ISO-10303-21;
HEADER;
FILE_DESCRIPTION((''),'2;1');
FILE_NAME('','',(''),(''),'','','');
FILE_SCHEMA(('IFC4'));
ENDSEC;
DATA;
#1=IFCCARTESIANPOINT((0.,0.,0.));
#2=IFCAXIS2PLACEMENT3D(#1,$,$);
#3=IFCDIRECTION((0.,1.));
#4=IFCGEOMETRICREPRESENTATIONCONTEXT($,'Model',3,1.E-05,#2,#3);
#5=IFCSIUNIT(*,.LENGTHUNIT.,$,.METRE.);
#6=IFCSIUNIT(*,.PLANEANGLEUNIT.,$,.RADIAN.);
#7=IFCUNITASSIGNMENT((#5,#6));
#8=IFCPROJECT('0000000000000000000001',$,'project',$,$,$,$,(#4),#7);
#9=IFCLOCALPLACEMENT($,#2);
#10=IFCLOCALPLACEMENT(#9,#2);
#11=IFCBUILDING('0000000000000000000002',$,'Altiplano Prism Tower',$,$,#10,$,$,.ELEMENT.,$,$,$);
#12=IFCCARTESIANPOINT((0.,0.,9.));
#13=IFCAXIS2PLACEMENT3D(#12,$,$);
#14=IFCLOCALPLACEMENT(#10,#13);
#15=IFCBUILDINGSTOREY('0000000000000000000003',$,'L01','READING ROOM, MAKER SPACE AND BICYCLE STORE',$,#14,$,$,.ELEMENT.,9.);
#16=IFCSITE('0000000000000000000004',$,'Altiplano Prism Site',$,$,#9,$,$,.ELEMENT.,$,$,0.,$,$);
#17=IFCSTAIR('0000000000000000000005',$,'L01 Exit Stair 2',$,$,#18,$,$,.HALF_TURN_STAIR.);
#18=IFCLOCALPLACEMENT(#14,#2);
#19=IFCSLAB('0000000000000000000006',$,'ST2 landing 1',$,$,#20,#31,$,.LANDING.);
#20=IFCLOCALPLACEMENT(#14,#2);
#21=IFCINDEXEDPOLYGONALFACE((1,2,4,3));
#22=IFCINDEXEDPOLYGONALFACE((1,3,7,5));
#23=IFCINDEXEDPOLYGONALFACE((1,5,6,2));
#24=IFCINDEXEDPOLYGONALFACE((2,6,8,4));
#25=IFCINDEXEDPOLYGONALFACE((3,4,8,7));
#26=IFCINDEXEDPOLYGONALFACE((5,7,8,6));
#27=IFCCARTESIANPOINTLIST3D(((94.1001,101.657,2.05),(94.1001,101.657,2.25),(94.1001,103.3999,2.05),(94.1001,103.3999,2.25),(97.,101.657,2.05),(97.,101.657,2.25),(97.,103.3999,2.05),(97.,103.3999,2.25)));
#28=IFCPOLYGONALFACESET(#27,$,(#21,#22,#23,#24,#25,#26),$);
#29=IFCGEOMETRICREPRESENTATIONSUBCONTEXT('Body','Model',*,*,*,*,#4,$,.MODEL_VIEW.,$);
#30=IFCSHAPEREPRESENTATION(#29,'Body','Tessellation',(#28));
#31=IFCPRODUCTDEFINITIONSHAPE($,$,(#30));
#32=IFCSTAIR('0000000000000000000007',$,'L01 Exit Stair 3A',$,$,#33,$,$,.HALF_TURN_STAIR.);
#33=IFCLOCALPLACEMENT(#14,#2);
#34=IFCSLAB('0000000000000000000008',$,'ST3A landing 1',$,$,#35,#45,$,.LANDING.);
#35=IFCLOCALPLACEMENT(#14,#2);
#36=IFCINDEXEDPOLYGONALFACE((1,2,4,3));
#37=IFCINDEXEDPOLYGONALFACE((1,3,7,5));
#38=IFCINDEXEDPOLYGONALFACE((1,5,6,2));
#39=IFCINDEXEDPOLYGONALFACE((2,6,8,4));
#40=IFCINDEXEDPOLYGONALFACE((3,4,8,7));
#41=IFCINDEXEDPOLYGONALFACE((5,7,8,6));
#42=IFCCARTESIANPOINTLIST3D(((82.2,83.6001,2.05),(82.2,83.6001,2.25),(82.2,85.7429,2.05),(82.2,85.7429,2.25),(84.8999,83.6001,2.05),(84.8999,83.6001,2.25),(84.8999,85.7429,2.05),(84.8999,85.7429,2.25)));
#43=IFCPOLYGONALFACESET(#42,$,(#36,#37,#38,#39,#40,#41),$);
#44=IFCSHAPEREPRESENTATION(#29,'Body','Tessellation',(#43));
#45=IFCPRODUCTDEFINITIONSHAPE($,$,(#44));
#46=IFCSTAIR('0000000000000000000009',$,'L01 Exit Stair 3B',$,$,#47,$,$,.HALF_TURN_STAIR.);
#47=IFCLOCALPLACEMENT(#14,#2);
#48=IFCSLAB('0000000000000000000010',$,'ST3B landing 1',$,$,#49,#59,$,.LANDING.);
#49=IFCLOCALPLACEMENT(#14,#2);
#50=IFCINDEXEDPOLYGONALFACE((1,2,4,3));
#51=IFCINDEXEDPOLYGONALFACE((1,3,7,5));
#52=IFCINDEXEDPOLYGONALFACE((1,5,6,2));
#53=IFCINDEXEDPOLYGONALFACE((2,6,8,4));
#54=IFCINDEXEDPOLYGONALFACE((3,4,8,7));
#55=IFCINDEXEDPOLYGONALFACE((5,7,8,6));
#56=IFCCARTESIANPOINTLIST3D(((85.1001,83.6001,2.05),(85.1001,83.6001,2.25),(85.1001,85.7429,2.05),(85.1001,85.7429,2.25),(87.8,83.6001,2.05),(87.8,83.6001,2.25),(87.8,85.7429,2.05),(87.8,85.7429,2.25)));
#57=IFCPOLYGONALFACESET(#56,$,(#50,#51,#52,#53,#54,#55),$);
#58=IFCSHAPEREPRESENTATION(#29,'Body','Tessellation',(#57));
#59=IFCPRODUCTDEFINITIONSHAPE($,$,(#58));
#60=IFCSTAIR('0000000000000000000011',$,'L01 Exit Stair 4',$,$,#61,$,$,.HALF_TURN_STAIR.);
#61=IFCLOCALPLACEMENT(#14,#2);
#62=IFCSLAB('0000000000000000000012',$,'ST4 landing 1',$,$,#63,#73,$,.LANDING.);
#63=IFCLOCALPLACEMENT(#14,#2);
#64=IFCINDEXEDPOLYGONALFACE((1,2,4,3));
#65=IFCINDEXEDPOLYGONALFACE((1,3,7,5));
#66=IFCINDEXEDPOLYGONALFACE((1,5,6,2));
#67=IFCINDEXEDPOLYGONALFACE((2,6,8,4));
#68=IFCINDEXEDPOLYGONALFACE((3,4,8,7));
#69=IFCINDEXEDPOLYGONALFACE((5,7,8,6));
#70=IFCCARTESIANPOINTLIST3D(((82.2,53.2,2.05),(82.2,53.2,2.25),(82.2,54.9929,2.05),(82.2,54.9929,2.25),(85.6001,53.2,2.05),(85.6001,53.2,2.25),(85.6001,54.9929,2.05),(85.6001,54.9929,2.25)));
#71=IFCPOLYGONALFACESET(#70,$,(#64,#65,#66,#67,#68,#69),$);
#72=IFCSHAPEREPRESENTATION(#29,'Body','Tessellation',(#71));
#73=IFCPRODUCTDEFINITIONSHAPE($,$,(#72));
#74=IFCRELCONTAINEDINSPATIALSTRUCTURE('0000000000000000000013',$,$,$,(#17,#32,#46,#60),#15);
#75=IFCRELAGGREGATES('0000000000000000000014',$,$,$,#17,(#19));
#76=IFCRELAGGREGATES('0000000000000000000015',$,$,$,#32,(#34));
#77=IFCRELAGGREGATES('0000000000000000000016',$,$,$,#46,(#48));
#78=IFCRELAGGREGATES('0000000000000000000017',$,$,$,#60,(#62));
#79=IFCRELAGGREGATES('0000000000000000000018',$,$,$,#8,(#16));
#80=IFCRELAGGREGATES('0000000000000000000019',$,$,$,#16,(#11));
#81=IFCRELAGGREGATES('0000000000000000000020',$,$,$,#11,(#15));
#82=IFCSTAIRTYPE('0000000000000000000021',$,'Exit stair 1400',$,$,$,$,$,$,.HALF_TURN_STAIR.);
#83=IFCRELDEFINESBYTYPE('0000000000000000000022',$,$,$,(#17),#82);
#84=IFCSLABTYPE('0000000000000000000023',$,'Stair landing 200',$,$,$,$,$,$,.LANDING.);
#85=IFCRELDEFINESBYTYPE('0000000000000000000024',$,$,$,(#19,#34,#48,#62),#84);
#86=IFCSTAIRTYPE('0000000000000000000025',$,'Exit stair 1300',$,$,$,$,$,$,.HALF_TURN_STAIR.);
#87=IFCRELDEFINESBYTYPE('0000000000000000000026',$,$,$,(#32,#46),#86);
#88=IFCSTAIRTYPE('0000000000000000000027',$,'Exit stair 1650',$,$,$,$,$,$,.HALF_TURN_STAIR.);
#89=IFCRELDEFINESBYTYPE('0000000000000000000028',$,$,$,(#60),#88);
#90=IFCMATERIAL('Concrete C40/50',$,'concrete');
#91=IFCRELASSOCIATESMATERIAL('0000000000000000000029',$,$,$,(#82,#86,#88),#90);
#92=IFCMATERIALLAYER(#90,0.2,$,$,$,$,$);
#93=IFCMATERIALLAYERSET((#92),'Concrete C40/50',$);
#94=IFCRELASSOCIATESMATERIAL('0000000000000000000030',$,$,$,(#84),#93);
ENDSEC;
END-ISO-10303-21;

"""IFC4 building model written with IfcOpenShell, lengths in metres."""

from ifc_helpers import new_model, si_unit, direction, frame, origin, place, context, subcontext, project, spatial, polyline, outline, extrude, material, layer, layer_set, type_object, element, aggregate, save


model = new_model("IFC4")

# Units and contexts
model_context = context("Model", 3, precision=1e-05, world=origin(), true_north=direction((0.0, 1.0)))
body_context = subcontext(model_context, "Body", "Model", "MODEL_VIEW")
ifc_project = project(units=[si_unit("LENGTHUNIT", "METRE"), si_unit("PLANEANGLEUNIT", "RADIAN")], contexts=[model_context])

# Site, building, storey
site_placement = place(None, origin())
site = spatial("IfcSite", under=ifc_project, at=site_placement, Name="Altiplano Prism Site", CompositionType="ELEMENT", RefElevation=0.0)
building_placement = place(site_placement, origin())
building = spatial("IfcBuilding", under=site, at=building_placement, Name="Altiplano Prism Tower", CompositionType="ELEMENT")
storey_placement = place(building_placement, frame((0.0, 0.0, 9.0)))
storey = spatial("IfcBuildingStorey", under=building, at=storey_placement, Name="L01", Description="READING ROOM, MAKER SPACE AND BICYCLE STORE", CompositionType="ELEMENT", Elevation=9.0)

# Shared definitions
ifc_material_1 = material(Name="Concrete C40/50", Category="concrete")

# Stairs, slabs
stair_type_1 = type_object("IfcStairType", Name="Exit stair 1400", PredefinedType="HALF_TURN_STAIR", material=ifc_material_1)
ifc_layer_1 = layer(ifc_material_1, 0.2)
ifc_layer_set_1 = layer_set([ifc_layer_1], Name="Concrete C40/50")
slab_type_1 = type_object("IfcSlabType", Name="Stair landing 200", PredefinedType="LANDING", material=ifc_layer_set_1)
stair_1_placement = place(storey_placement, origin())
stair_1 = element("IfcStair", 1, at=stair_1_placement, inside=storey, type_object=stair_type_1, Name="L01 Exit Stair 2", PredefinedType="HALF_TURN_STAIR")
slab_1_placement = place(storey_placement, frame((0.0, 0.0, 2.05)))
slab_1 = element("IfcSlab", 2, at=slab_1_placement, type_object=slab_type_1, Name="ST2 landing 1", PredefinedType="LANDING", context=body_context, shape_type="SweptSolid", body=[
    extrude(outline(polyline([(97.0, 101.657), (97.0, 103.3999), (94.1001, 103.3999), (94.1001, 101.657), (97.0, 101.657)])), origin(), (0.0, 0.0, 1.0), 0.2),
])
aggregate(stair_1, [slab_1])
stair_type_2 = type_object("IfcStairType", Name="Exit stair 1300", PredefinedType="HALF_TURN_STAIR", material=ifc_material_1)
stair_2_placement = place(storey_placement, origin())
stair_2 = element("IfcStair", 3, at=stair_2_placement, inside=storey, type_object=stair_type_2, Name="L01 Exit Stair 3A", PredefinedType="HALF_TURN_STAIR")
slab_2_placement = place(storey_placement, frame((0.0, 0.0, 2.05)))
slab_2 = element("IfcSlab", 4, at=slab_2_placement, type_object=slab_type_1, Name="ST3A landing 1", PredefinedType="LANDING", context=body_context, shape_type="SweptSolid", body=[
    extrude(outline(polyline([(82.2, 85.7429), (82.2, 83.6001), (84.8999, 83.6001), (84.8999, 85.7429), (82.2, 85.7429)])), origin(), (0.0, 0.0, 1.0), 0.2),
])
aggregate(stair_2, [slab_2])
stair_3_placement = place(storey_placement, origin())
stair_3 = element("IfcStair", 5, at=stair_3_placement, inside=storey, type_object=stair_type_2, Name="L01 Exit Stair 3B", PredefinedType="HALF_TURN_STAIR")
slab_3_placement = place(storey_placement, frame((0.0, 0.0, 2.05)))
slab_3 = element("IfcSlab", 6, at=slab_3_placement, type_object=slab_type_1, Name="ST3B landing 1", PredefinedType="LANDING", context=body_context, shape_type="SweptSolid", body=[
    extrude(outline(polyline([(85.1001, 85.7429), (85.1001, 83.6001), (87.8, 83.6001), (87.8, 85.7429), (85.1001, 85.7429)])), origin(), (0.0, 0.0, 1.0), 0.2),
])
aggregate(stair_3, [slab_3])
stair_type_3 = type_object("IfcStairType", Name="Exit stair 1650", PredefinedType="HALF_TURN_STAIR", material=ifc_material_1)
stair_4_placement = place(storey_placement, origin())
stair_4 = element("IfcStair", 7, at=stair_4_placement, inside=storey, type_object=stair_type_3, Name="L01 Exit Stair 4", PredefinedType="HALF_TURN_STAIR")
slab_4_placement = place(storey_placement, frame((0.0, 0.0, 2.05)))
slab_4 = element("IfcSlab", 8, at=slab_4_placement, type_object=slab_type_1, Name="ST4 landing 1", PredefinedType="LANDING", context=body_context, shape_type="SweptSolid", body=[
    extrude(outline(polyline([(82.2, 54.9929), (82.2, 53.2), (85.6001, 53.2), (85.6001, 54.9929), (82.2, 54.9929)])), origin(), (0.0, 0.0, 1.0), 0.2),
])
aggregate(stair_4, [slab_4])

save(model, "model.ifc")
